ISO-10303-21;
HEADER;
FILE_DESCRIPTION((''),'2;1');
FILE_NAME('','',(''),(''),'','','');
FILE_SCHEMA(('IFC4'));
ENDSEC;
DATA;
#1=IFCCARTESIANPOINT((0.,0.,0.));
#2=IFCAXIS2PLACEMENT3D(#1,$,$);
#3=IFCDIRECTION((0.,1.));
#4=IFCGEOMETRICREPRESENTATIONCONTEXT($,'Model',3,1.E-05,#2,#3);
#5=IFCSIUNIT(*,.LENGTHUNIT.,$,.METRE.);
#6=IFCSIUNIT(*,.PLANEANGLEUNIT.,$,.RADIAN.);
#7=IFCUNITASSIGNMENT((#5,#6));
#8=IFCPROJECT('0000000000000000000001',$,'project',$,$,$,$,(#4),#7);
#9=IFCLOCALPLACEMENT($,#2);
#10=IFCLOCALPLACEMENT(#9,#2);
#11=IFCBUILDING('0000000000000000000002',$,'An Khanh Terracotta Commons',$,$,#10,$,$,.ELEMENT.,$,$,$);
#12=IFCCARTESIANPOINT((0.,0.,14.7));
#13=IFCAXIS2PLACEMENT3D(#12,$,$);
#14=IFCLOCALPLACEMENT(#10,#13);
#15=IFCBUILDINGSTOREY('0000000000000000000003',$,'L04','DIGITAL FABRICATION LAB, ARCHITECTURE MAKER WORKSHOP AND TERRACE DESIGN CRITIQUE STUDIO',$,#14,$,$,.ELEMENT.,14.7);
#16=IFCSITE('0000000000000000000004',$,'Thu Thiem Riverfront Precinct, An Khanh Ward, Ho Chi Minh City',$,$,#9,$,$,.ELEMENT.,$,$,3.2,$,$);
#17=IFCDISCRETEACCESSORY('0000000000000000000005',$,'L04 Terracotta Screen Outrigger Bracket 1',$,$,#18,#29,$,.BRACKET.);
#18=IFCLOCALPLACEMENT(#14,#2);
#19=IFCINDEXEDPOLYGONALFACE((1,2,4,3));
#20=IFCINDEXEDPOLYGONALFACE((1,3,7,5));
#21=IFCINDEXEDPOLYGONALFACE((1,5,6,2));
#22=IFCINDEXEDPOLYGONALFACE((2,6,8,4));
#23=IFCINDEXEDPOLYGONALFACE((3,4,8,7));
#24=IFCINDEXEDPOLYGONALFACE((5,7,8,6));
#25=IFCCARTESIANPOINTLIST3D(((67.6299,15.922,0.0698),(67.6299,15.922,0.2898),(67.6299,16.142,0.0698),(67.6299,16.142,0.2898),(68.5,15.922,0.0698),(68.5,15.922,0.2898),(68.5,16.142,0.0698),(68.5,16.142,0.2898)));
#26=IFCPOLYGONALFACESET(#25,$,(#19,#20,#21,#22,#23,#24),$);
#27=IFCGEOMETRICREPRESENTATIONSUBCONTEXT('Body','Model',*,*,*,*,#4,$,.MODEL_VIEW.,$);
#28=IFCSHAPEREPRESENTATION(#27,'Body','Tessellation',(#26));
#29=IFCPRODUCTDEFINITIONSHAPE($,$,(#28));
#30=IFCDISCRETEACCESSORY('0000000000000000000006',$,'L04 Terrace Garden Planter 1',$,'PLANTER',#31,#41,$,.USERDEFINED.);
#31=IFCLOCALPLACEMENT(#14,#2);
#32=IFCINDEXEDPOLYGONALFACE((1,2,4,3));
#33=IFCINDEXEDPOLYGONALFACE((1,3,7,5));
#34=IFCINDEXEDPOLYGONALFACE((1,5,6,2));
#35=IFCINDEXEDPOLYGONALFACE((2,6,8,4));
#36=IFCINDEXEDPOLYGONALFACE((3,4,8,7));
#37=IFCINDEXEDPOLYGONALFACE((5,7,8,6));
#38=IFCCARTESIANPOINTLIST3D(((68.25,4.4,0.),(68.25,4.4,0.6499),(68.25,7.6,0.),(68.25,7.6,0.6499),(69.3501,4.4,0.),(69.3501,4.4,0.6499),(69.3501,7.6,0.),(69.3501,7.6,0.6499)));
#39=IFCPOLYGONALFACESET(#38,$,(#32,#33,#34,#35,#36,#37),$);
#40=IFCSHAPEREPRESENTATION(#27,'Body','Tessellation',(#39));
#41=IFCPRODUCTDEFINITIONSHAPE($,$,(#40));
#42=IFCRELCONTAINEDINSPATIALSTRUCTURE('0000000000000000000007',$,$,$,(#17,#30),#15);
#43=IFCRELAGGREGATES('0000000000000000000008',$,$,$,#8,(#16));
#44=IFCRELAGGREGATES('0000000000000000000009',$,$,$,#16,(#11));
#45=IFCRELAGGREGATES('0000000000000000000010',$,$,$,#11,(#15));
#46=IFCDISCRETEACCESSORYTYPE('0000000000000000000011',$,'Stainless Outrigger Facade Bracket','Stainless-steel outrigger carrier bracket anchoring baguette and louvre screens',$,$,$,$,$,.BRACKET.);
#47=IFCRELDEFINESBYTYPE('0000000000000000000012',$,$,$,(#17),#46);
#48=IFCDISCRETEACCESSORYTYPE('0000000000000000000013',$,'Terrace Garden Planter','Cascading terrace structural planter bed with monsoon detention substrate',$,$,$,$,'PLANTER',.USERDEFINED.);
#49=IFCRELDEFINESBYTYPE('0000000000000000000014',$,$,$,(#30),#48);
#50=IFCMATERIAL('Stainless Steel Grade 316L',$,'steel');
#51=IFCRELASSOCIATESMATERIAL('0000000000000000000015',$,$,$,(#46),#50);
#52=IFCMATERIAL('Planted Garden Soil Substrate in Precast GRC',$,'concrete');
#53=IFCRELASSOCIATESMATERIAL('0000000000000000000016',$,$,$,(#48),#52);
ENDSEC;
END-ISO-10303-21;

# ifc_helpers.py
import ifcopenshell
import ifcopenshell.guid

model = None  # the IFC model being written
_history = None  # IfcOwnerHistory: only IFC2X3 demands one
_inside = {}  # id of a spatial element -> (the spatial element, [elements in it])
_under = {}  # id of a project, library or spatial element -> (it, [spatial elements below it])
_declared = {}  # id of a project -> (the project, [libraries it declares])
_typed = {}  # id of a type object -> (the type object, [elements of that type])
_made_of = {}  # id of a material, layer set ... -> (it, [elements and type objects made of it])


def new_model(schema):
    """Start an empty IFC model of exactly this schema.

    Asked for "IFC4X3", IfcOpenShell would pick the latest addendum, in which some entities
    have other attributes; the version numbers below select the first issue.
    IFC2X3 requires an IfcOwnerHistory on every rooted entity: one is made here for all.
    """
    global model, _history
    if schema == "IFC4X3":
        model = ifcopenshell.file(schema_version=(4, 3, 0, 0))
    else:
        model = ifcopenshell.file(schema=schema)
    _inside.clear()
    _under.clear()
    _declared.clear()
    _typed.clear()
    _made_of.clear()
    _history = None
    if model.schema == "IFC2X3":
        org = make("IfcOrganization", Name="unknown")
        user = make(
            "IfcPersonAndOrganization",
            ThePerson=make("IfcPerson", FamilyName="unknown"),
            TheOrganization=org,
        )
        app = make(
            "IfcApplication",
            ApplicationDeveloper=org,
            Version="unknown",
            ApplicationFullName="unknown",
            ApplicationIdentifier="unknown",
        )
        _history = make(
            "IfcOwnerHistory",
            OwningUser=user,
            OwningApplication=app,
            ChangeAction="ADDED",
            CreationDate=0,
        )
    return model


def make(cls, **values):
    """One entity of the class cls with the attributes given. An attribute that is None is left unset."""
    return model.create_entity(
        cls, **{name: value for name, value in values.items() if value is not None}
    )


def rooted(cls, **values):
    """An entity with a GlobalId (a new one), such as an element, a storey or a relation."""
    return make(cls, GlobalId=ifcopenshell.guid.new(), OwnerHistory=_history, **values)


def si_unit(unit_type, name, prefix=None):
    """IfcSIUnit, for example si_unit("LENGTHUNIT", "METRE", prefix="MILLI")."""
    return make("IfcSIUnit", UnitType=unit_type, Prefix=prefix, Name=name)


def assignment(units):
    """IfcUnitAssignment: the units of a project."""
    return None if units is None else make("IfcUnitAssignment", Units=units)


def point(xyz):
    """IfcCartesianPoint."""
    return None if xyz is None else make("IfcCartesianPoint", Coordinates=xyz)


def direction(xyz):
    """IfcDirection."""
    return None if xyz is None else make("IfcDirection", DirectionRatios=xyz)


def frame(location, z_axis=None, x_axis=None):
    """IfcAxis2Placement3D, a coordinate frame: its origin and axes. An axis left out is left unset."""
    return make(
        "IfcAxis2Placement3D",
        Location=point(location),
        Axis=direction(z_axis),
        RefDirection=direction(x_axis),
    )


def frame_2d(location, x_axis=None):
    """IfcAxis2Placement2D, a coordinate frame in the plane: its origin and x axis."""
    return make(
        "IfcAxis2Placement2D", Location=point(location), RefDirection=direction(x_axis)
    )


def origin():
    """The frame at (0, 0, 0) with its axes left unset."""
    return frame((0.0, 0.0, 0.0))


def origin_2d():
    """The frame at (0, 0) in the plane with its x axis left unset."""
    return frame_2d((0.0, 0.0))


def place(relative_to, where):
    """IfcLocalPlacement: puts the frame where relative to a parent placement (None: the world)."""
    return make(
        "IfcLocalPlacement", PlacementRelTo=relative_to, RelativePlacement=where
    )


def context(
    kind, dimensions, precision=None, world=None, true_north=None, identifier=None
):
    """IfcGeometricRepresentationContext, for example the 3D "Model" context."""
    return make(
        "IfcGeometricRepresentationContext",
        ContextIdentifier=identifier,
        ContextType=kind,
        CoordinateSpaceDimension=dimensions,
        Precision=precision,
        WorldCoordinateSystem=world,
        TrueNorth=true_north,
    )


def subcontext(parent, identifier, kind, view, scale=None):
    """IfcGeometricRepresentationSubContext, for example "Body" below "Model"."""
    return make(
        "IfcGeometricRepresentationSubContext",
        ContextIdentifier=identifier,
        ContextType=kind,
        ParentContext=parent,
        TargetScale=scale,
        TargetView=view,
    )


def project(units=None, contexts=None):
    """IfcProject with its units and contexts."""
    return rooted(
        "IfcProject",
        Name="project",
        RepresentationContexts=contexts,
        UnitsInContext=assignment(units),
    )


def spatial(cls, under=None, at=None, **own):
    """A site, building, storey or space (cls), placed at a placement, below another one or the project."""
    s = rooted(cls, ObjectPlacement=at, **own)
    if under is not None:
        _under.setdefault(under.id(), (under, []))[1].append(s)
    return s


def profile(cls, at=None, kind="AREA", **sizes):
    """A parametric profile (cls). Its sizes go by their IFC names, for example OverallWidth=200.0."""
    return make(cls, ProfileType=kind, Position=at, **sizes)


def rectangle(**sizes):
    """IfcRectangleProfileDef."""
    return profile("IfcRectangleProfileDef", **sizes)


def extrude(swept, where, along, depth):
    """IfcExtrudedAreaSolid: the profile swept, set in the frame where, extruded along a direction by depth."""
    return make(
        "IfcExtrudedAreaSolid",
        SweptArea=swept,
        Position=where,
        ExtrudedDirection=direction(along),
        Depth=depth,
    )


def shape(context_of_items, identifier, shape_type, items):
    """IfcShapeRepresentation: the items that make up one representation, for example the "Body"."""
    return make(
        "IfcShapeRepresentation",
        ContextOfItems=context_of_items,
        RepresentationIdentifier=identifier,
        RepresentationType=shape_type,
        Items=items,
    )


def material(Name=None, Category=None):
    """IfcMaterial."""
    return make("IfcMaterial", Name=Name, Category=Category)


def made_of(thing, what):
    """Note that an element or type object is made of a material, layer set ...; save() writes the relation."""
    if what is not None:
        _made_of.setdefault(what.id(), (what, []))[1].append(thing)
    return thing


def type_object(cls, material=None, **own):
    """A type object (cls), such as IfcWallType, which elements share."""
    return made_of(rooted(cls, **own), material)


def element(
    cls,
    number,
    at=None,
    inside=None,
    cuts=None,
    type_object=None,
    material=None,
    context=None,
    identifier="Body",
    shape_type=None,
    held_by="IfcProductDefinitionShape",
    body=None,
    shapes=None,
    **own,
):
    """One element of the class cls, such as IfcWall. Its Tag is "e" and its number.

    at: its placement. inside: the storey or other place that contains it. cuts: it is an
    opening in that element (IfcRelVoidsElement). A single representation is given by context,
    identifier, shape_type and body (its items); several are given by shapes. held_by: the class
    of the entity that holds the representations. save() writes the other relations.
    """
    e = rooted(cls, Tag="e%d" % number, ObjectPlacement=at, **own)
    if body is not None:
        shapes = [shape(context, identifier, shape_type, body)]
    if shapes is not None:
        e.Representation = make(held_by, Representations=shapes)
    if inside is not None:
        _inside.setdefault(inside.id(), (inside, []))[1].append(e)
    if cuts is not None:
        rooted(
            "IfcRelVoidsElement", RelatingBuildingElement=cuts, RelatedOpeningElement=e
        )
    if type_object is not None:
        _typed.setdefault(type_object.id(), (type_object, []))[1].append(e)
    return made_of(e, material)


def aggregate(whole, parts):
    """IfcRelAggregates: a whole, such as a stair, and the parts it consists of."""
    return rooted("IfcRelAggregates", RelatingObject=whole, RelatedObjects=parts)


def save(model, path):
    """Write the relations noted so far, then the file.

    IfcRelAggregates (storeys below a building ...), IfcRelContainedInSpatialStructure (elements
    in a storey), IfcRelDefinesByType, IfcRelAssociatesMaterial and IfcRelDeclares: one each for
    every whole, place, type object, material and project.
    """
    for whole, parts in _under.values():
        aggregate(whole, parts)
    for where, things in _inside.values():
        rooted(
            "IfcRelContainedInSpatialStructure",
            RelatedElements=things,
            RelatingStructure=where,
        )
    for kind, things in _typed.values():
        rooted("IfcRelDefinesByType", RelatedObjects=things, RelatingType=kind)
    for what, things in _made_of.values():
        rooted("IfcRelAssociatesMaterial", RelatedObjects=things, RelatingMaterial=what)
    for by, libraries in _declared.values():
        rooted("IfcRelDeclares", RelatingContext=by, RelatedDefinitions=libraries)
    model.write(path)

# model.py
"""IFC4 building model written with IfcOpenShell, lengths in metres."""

from ifc_helpers import new_model, si_unit, direction, frame, origin, origin_2d, place, context, subcontext, project, spatial, rectangle, extrude, material, type_object, element, save


model = new_model("IFC4")

# Units and contexts
model_context = context("Model", 3, precision=1e-05, world=origin(), true_north=direction((0.0, 1.0)))
body_context = subcontext(model_context, "Body", "Model", "MODEL_VIEW")
ifc_project = project(units=[si_unit("LENGTHUNIT", "METRE"), si_unit("PLANEANGLEUNIT", "RADIAN")], contexts=[model_context])

# Site, building, storey
site_placement = place(None, origin())
site = spatial("IfcSite", under=ifc_project, at=site_placement, Name="Thu Thiem Riverfront Precinct, An Khanh Ward, Ho Chi Minh City", CompositionType="ELEMENT", RefElevation=3.2)
building_placement = place(site_placement, origin())
building = spatial("IfcBuilding", under=site, at=building_placement, Name="An Khanh Terracotta Commons", CompositionType="ELEMENT")
storey_placement = place(building_placement, frame((0.0, 0.0, 14.7)))
storey = spatial("IfcBuildingStorey", under=building, at=storey_placement, Name="L04", Description="DIGITAL FABRICATION LAB, ARCHITECTURE MAKER WORKSHOP AND TERRACE DESIGN CRITIQUE STUDIO", CompositionType="ELEMENT", Elevation=14.7)

# Discrete accessories
ifc_material_1 = material(Name="Stainless Steel Grade 316L", Category="steel")
discrete_accessory_type_1 = type_object("IfcDiscreteAccessoryType", Name="Stainless Outrigger Facade Bracket", Description="Stainless-steel outrigger carrier bracket anchoring baguette and louvre screens", PredefinedType="BRACKET", material=ifc_material_1)
discrete_accessory_1_placement = place(storey_placement, frame((68.0649, 16.032, 0.0698), z_axis=(0.0, 0.0, 1.0), x_axis=(0.0, 1.0, 0.0)))
element("IfcDiscreteAccessory", 1, at=discrete_accessory_1_placement, inside=storey, type_object=discrete_accessory_type_1, Name="L04 Terracotta Screen Outrigger Bracket 1", PredefinedType="BRACKET", context=body_context, shape_type="SweptSolid", body=[
    extrude(rectangle(XDim=0.22, YDim=0.8701, at=origin_2d()), origin(), (0.0, 0.0, 1.0), 0.22),
])
ifc_material_2 = material(Name="Planted Garden Soil Substrate in Precast GRC", Category="concrete")
discrete_accessory_type_2 = type_object("IfcDiscreteAccessoryType", Name="Terrace Garden Planter", Description="Cascading terrace structural planter bed with monsoon detention substrate", ElementType="PLANTER", PredefinedType="USERDEFINED", material=ifc_material_2)
discrete_accessory_2_placement = place(storey_placement, frame((68.8, 6.0, 0.0), z_axis=(0.0, 0.0, 1.0), x_axis=(1.0, 0.0, 0.0)))
element("IfcDiscreteAccessory", 2, at=discrete_accessory_2_placement, inside=storey, type_object=discrete_accessory_type_2, Name="L04 Terrace Garden Planter 1", ObjectType="PLANTER", PredefinedType="USERDEFINED", context=body_context, shape_type="SweptSolid", body=[
    extrude(rectangle(XDim=1.1001, YDim=3.2, at=origin_2d()), origin(), (0.0, 0.0, 1.0), 0.6499),
])

save(model, "model.ifc")
